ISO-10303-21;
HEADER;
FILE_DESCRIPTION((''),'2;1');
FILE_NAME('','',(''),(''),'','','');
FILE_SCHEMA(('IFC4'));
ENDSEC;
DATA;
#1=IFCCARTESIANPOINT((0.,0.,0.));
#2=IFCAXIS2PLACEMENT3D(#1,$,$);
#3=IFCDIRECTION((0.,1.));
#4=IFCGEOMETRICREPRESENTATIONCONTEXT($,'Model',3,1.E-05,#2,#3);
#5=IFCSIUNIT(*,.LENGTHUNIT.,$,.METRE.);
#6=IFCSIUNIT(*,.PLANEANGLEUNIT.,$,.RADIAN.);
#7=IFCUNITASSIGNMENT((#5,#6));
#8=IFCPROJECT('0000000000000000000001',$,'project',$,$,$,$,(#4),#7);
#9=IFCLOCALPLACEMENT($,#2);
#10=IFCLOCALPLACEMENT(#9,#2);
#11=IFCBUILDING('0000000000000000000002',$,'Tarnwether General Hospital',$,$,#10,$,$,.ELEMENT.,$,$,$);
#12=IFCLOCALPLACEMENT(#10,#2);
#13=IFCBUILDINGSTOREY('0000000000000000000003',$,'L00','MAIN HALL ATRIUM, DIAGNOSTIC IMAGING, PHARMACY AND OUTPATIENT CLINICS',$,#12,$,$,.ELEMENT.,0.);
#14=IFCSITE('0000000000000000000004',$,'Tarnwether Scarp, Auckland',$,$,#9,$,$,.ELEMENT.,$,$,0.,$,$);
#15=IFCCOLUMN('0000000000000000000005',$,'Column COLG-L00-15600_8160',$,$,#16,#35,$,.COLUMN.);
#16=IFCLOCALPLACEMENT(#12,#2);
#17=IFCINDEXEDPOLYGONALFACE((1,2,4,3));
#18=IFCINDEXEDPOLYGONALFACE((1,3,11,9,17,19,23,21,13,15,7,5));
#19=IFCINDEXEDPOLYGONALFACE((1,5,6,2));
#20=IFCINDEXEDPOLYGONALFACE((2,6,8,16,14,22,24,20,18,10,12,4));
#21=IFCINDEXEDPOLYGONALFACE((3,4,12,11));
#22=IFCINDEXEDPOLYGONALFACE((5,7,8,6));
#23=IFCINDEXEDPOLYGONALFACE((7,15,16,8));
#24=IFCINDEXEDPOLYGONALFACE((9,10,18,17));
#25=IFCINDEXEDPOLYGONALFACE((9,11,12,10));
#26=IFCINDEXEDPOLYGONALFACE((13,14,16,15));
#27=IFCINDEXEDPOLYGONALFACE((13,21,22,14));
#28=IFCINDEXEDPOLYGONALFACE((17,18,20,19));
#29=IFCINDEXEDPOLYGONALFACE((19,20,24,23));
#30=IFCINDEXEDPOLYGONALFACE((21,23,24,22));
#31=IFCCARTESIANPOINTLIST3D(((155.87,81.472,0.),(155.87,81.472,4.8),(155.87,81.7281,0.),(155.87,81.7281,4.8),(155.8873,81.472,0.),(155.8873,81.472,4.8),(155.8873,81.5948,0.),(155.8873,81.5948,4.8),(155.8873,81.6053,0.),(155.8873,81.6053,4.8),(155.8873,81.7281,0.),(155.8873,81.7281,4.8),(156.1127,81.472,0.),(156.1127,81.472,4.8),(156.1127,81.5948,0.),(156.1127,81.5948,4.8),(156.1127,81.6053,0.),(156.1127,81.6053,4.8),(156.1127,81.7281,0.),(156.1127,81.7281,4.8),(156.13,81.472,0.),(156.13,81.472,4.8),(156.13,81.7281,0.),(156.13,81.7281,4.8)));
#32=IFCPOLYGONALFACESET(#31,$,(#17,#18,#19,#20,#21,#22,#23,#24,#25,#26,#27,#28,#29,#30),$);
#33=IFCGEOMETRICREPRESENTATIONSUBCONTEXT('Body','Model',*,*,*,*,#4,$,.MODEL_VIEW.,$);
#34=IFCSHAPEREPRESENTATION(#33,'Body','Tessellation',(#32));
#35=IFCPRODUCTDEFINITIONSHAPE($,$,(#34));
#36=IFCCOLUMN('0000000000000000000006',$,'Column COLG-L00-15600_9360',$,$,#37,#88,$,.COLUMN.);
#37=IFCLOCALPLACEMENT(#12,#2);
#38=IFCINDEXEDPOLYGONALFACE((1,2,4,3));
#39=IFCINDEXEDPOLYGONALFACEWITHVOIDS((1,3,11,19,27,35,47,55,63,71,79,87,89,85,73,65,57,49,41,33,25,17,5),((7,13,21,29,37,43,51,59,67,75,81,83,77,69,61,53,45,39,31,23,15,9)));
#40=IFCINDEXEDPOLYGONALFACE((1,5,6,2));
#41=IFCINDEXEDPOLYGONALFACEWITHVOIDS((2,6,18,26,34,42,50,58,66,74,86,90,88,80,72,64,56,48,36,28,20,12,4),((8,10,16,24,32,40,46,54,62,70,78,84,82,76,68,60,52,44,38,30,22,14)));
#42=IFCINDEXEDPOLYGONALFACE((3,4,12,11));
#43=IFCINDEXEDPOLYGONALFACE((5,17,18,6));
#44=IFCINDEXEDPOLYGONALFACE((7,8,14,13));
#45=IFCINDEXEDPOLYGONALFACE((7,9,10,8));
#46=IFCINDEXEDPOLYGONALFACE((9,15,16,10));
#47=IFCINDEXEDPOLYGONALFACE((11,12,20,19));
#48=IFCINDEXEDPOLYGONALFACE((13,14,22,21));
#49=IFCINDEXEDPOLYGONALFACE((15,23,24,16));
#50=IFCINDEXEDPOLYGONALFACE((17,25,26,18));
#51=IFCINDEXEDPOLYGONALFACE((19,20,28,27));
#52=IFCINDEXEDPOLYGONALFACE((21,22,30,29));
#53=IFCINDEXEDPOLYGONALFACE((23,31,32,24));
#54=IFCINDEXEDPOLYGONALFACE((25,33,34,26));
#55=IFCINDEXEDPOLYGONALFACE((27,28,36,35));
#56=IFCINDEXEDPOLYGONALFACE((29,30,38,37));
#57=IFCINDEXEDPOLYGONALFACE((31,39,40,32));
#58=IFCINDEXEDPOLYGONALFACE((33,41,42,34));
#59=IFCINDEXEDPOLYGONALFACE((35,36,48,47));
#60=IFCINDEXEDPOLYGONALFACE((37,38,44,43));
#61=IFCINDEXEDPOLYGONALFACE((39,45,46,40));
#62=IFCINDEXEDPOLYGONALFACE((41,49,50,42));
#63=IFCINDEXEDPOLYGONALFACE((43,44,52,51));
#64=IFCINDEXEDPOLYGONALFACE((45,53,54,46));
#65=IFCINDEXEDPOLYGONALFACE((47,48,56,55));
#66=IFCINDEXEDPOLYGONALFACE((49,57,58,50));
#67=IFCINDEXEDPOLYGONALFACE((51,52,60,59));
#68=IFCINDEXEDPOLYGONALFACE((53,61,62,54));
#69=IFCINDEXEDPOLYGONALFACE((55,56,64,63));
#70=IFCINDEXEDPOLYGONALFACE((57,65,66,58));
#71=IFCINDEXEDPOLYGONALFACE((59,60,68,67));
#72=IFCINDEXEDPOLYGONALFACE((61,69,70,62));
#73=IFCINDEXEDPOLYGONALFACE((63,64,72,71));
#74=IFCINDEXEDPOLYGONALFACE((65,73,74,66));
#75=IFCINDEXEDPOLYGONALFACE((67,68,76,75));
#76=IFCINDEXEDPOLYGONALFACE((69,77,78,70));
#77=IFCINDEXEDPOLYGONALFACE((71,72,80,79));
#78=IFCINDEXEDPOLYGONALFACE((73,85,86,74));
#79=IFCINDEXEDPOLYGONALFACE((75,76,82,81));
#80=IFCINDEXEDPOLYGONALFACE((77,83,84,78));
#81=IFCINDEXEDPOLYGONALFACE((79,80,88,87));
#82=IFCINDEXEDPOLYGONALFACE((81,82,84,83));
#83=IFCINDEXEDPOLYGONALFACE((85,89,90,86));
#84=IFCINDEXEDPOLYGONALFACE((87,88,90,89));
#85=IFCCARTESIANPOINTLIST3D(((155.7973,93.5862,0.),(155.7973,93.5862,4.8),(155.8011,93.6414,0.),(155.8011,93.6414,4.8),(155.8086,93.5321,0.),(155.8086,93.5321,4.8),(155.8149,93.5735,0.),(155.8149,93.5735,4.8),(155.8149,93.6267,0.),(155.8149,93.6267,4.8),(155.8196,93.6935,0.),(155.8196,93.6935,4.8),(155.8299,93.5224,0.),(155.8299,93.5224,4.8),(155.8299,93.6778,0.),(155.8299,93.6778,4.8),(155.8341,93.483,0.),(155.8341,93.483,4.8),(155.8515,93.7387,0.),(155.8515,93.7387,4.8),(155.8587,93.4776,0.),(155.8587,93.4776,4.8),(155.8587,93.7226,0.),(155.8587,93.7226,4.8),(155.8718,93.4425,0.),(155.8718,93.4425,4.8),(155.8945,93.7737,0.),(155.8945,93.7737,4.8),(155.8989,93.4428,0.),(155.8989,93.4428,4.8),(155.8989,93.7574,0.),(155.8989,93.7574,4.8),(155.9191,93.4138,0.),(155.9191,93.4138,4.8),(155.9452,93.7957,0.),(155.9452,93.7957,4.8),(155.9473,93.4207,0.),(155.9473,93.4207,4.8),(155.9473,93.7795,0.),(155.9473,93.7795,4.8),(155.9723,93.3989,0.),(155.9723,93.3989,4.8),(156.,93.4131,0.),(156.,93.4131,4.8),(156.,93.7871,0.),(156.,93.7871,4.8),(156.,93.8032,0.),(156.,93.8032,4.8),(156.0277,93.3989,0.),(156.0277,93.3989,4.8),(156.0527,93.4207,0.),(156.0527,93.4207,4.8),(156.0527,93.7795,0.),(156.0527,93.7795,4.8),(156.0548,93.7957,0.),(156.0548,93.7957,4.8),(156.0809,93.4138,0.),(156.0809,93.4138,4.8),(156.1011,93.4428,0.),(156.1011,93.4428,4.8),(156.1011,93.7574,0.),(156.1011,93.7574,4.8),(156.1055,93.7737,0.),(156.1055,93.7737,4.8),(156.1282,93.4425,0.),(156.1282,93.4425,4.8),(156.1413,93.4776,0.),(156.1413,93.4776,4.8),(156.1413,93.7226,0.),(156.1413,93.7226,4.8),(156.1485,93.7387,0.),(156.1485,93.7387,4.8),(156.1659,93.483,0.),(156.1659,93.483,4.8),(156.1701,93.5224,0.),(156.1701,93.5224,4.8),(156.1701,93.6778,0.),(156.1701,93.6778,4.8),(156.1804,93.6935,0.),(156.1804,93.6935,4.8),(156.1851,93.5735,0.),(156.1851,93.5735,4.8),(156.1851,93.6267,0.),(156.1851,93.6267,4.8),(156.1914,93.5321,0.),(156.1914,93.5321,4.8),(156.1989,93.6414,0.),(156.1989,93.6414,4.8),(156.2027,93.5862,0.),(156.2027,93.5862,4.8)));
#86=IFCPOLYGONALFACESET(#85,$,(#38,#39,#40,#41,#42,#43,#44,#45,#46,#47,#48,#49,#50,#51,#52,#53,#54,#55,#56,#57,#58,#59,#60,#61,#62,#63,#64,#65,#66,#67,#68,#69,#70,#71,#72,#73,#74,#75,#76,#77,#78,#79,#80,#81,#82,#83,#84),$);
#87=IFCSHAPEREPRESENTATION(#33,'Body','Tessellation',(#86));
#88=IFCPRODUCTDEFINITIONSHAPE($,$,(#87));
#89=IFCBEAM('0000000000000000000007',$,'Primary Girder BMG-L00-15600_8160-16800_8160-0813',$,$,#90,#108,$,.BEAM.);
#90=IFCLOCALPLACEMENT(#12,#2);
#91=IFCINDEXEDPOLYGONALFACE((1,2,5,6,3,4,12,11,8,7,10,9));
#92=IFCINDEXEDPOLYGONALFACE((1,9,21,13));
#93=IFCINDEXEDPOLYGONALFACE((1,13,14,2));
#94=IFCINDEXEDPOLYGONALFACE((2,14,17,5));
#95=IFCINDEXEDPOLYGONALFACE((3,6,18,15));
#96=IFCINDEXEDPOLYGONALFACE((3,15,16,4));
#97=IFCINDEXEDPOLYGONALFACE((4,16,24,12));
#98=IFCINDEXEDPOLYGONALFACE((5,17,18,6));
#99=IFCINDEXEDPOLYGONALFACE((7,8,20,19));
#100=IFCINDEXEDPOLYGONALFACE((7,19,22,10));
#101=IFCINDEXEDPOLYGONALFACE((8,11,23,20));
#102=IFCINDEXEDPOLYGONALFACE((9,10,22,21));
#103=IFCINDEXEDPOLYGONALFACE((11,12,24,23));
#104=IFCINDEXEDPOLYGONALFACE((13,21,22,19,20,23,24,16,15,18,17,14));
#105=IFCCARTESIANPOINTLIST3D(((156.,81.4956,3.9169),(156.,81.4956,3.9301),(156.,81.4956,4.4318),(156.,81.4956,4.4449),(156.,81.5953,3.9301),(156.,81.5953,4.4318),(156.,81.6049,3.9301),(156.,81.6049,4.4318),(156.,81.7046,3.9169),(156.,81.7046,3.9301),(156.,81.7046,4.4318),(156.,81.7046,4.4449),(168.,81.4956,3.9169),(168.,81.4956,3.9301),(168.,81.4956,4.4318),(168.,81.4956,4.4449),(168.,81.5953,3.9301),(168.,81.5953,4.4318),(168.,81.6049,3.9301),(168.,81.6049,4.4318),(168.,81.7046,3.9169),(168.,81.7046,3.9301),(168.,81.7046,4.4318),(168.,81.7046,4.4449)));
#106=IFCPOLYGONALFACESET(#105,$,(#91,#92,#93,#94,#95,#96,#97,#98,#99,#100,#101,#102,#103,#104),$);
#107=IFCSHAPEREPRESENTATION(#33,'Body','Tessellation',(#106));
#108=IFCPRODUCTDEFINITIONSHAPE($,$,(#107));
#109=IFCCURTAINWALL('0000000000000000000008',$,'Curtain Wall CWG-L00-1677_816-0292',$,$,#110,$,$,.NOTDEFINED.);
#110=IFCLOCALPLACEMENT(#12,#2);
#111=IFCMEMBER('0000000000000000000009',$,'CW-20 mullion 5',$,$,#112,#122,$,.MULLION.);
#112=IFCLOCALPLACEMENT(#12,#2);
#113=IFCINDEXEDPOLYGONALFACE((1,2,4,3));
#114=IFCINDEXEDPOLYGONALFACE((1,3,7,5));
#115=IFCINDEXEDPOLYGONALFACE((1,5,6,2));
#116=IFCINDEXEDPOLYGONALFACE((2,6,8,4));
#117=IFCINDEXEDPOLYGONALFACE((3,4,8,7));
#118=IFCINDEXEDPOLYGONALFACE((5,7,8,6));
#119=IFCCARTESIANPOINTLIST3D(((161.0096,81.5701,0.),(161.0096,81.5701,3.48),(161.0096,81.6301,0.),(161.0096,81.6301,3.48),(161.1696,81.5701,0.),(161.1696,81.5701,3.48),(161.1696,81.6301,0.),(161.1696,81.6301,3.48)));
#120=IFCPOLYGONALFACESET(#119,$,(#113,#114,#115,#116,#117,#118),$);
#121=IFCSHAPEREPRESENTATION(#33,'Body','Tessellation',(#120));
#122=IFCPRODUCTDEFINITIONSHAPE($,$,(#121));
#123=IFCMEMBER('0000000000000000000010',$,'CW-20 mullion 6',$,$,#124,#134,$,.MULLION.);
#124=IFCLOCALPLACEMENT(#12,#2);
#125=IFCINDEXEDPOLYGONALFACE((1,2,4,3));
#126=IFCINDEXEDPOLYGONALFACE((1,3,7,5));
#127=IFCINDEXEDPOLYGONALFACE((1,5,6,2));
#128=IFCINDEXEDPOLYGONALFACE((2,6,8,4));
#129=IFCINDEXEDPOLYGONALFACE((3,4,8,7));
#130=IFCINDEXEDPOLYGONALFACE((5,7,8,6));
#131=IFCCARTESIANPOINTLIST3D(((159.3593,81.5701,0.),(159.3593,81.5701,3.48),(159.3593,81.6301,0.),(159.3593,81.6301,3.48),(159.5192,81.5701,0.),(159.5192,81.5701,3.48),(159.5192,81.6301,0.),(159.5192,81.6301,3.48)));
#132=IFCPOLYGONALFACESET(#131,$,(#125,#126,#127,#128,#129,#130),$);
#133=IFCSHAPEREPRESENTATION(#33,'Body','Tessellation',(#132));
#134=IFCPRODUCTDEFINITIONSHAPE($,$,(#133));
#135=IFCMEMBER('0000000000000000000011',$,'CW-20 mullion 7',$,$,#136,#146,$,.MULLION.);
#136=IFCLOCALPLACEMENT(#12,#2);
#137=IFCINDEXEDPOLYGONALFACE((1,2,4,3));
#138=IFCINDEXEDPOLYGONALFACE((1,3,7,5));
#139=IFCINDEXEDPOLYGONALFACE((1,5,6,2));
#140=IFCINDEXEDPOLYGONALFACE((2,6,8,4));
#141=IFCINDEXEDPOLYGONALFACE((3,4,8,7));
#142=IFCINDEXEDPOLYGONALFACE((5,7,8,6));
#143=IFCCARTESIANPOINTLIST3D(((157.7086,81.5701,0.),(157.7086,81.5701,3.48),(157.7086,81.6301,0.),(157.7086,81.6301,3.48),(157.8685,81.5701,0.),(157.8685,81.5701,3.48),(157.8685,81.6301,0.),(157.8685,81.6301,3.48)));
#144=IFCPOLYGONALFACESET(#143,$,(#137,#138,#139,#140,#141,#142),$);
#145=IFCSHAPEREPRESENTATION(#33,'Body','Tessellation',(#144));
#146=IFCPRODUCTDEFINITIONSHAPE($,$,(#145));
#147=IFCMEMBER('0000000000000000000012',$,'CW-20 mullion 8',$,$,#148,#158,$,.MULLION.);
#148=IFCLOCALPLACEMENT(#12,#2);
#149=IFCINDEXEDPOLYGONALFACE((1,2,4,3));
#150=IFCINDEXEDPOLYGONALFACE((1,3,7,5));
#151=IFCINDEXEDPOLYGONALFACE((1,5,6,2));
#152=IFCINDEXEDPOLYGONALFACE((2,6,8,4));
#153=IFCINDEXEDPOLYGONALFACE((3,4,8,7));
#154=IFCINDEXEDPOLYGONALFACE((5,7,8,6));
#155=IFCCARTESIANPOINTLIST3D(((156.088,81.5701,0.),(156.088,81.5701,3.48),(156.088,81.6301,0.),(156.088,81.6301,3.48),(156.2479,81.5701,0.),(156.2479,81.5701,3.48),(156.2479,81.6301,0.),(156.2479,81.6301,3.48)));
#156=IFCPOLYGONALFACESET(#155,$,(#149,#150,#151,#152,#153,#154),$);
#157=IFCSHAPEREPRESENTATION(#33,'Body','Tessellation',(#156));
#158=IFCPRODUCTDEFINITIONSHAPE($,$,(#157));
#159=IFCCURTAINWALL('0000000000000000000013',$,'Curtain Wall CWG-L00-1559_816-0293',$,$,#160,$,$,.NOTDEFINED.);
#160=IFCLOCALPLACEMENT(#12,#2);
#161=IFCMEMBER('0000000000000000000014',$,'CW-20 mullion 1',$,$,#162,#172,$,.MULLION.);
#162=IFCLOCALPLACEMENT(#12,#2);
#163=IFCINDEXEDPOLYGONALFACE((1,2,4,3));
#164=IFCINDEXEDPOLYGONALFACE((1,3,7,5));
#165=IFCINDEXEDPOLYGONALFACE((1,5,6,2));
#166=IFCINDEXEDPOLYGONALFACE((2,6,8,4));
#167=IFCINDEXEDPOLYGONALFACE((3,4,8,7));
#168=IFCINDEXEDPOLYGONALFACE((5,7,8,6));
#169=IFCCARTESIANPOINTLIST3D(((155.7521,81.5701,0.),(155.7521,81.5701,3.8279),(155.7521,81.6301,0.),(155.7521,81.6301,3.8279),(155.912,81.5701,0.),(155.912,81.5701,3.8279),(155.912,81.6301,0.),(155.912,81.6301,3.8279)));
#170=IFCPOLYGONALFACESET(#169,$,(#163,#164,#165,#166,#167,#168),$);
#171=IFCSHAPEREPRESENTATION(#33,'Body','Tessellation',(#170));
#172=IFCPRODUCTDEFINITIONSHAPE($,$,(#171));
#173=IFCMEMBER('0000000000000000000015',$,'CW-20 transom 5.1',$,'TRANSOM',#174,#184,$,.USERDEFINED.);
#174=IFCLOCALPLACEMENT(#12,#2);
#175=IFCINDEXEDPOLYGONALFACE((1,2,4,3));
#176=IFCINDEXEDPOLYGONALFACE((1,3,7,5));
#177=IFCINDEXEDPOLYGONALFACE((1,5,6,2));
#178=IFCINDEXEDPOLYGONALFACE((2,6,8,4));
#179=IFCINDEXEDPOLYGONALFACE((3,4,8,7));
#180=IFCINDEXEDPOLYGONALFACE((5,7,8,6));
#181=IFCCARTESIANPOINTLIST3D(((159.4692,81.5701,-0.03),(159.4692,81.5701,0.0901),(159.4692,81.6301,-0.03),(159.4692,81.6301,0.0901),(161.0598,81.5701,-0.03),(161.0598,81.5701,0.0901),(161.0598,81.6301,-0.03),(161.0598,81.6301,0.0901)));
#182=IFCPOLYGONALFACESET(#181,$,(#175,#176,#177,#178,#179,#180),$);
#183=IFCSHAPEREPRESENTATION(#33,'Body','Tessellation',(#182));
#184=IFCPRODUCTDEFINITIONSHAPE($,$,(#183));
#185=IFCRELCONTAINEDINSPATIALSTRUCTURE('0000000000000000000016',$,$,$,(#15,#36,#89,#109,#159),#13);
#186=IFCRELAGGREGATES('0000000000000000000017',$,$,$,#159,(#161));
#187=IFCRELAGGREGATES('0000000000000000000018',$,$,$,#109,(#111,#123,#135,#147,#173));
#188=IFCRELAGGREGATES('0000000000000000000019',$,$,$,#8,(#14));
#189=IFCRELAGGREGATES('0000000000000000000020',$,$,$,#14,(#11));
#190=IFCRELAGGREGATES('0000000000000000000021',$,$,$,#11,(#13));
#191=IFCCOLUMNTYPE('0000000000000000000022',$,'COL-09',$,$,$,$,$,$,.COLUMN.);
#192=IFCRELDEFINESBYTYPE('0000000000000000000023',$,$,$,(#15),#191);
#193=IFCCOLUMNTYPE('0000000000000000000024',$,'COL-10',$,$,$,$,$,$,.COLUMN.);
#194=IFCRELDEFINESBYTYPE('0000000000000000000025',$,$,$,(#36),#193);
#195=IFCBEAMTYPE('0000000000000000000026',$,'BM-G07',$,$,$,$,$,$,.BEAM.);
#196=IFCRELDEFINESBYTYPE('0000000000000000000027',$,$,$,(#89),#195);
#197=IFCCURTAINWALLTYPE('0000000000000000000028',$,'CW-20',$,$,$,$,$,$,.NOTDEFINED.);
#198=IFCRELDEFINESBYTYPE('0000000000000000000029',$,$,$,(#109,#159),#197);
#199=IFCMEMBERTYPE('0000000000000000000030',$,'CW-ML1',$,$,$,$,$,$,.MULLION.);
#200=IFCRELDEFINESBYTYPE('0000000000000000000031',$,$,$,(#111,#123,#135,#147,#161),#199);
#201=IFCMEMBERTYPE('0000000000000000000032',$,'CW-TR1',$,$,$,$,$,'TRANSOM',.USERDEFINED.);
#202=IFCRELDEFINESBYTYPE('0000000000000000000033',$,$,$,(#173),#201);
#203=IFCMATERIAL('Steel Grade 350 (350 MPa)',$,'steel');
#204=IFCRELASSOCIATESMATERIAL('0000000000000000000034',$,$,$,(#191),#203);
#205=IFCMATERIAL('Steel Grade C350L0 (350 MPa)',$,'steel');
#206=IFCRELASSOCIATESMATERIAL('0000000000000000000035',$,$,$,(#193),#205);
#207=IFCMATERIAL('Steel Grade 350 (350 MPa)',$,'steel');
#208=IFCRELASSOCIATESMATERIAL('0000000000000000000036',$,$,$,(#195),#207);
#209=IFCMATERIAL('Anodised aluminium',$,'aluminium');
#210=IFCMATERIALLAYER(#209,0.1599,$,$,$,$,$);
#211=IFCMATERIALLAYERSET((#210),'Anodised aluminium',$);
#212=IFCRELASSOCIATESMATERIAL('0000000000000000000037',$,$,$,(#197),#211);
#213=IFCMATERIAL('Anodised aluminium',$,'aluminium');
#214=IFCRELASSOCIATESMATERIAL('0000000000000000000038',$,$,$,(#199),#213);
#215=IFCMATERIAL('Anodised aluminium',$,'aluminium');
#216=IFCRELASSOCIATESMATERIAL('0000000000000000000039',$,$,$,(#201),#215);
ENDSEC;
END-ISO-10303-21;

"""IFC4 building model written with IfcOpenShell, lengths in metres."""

from ifc_helpers import new_model, si_unit, direction, frame, origin, origin_2d, place, context, subcontext, project, spatial, rectangle, hollow_circle, i_section, extrude, material, layer, layer_set, material_profile, profile_set, type_object, element, aggregate, save


model = new_model("IFC4")

# Units and contexts
model_context = context("Model", 3, precision=1e-05, world=origin(), true_north=direction((0.0, 1.0)))
body_context = subcontext(model_context, "Body", "Model", "MODEL_VIEW")
ifc_project = project(units=[si_unit("LENGTHUNIT", "METRE"), si_unit("PLANEANGLEUNIT", "RADIAN")], contexts=[model_context])

# Site, building, storey
site_placement = place(None, origin())
site = spatial("IfcSite", under=ifc_project, at=site_placement, Name="Tarnwether Scarp, Auckland", CompositionType="ELEMENT", RefElevation=0.0)
building_placement = place(site_placement, origin())
building = spatial("IfcBuilding", under=site, at=building_placement, Name="Tarnwether General Hospital", CompositionType="ELEMENT")
storey_placement = place(building_placement, origin())
storey = spatial("IfcBuildingStorey", under=building, at=storey_placement, Name="L00", Description="MAIN HALL ATRIUM, DIAGNOSTIC IMAGING, PHARMACY AND OUTPATIENT CLINICS", CompositionType="ELEMENT", Elevation=0.0)

# Columns
ifc_material_1 = material(Name="Steel Grade 350 (350 MPa)", Category="steel")
ifc_material_profile_1 = material_profile(ifc_material_1, i_section(OverallWidth=0.2561, OverallDepth=0.26, WebThickness=0.0105, FlangeThickness=0.0173, at=origin_2d()), Name="250UC89.5")
ifc_profile_set_1 = profile_set([ifc_material_profile_1], Name="Steel Grade 350 (350 MPa)")
column_type_1 = type_object("IfcColumnType", Name="COL-09", PredefinedType="COLUMN", material=ifc_profile_set_1)
column_1_placement = place(storey_placement, frame((156.0, 81.6001, 0.0), z_axis=(0.0, 0.0, 1.0), x_axis=(0.0, 1.0, 0.0)))
element("IfcColumn", 1, at=column_1_placement, inside=storey, type_object=column_type_1, Name="Column COLG-L00-15600_8160", PredefinedType="COLUMN", context=body_context, shape_type="SweptSolid", body=[
    extrude(i_section(OverallWidth=0.2561, OverallDepth=0.26, WebThickness=0.0105, FlangeThickness=0.0173, at=origin_2d()), origin(), (0.0, 0.0, 1.0), 4.8),
])
ifc_material_2 = material(Name="Steel Grade C350L0 (350 MPa)", Category="steel")
ifc_material_profile_2 = material_profile(ifc_material_2, hollow_circle(Radius=0.2031, WallThickness=0.0161, at=origin_2d()), Name="CHS406.4x16.0")
ifc_profile_set_2 = profile_set([ifc_material_profile_2], Name="Steel Grade C350L0 (350 MPa)")
column_type_2 = type_object("IfcColumnType", Name="COL-10", PredefinedType="COLUMN", material=ifc_profile_set_2)
column_2_placement = place(storey_placement, frame((156.0, 93.6001, 0.0), z_axis=(0.0, 0.0, 1.0), x_axis=(0.0, 1.0, 0.0)))
element("IfcColumn", 2, at=column_2_placement, inside=storey, type_object=column_type_2, Name="Column COLG-L00-15600_9360", PredefinedType="COLUMN", context=body_context, shape_type="SweptSolid", body=[
    extrude(hollow_circle(Radius=0.2031, WallThickness=0.0161, at=origin_2d()), origin(), (0.0, 0.0, 1.0), 4.8),
])

# Beam
ifc_material_3 = material(Name="Steel Grade 350 (350 MPa)", Category="steel")
ifc_material_profile_3 = material_profile(ifc_material_3, i_section(OverallWidth=0.209, OverallDepth=0.5281, WebThickness=0.0095, FlangeThickness=0.0132, at=origin_2d()), Name="530UB82.0")
ifc_profile_set_3 = profile_set([ifc_material_profile_3], Name="Steel Grade 350 (350 MPa)")
beam_type = type_object("IfcBeamType", Name="BM-G07", PredefinedType="BEAM", material=ifc_profile_set_3)
beam_placement = place(storey_placement, frame((156.0, 81.6001, 4.1809), z_axis=(1.0, 0.0, 0.0), x_axis=(0.0, 1.0, 0.0)))
element("IfcBeam", 3, at=beam_placement, inside=storey, type_object=beam_type, Name="Primary Girder BMG-L00-15600_8160-16800_8160-0813", PredefinedType="BEAM", context=body_context, shape_type="SweptSolid", body=[
    extrude(i_section(OverallWidth=0.209, OverallDepth=0.5281, WebThickness=0.0095, FlangeThickness=0.0132, at=origin_2d()), origin(), (0.0, 0.0, 1.0), 12.0),
])

# Curtain wall, members
ifc_material_4 = material(Name="Anodised aluminium", Category="aluminium")
ifc_layer_1 = layer(ifc_material_4, 0.1599)
ifc_layer_set_1 = layer_set([ifc_layer_1], Name="Anodised aluminium")
curtain_wall_type = type_object("IfcCurtainWallType", Name="CW-20", PredefinedType="NOTDEFINED", material=ifc_layer_set_1)
curtain_wall_1_placement = place(storey_placement, origin())
curtain_wall_1 = element("IfcCurtainWall", 4, at=curtain_wall_1_placement, inside=storey, type_object=curtain_wall_type, Name="Curtain Wall CWG-L00-1677_816-0292", PredefinedType="NOTDEFINED")
ifc_material_5 = material(Name="Anodised aluminium", Category="aluminium")
ifc_material_profile_4 = material_profile(ifc_material_5, rectangle(XDim=0.0601, YDim=0.1599, at=origin_2d()), Name="ALU-MUL-60x160")
ifc_profile_set_4 = profile_set([ifc_material_profile_4], Name="Anodised aluminium")
member_type_1 = type_object("IfcMemberType", Name="CW-ML1", PredefinedType="MULLION", material=ifc_profile_set_4)
member_1_placement = place(storey_placement, frame((161.0896, 81.6001, 0.0), z_axis=(0.0, 0.0, 1.0), x_axis=(0.0, -1.0, 0.0)))
member_1 = element("IfcMember", 5, at=member_1_placement, type_object=member_type_1, Name="CW-20 mullion 5", PredefinedType="MULLION", context=body_context, shape_type="SweptSolid", body=[
    extrude(rectangle(XDim=0.0601, YDim=0.1599, at=origin_2d()), origin(), (0.0, 0.0, 1.0), 3.48),
])
member_2_placement = place(storey_placement, frame((159.4392, 81.6001, 0.0), z_axis=(0.0, 0.0, 1.0), x_axis=(0.0, -1.0, 0.0)))
member_2 = element("IfcMember", 6, at=member_2_placement, type_object=member_type_1, Name="CW-20 mullion 6", PredefinedType="MULLION", context=body_context, shape_type="SweptSolid", body=[
    extrude(rectangle(XDim=0.0601, YDim=0.1599, at=origin_2d()), origin(), (0.0, 0.0, 1.0), 3.48),
])
member_3_placement = place(storey_placement, frame((157.7886, 81.6001, 0.0), z_axis=(0.0, 0.0, 1.0), x_axis=(0.0, -1.0, 0.0)))
member_3 = element("IfcMember", 7, at=member_3_placement, type_object=member_type_1, Name="CW-20 mullion 7", PredefinedType="MULLION", context=body_context, shape_type="SweptSolid", body=[
    extrude(rectangle(XDim=0.0601, YDim=0.1599, at=origin_2d()), origin(), (0.0, 0.0, 1.0), 3.48),
])
member_4_placement = place(storey_placement, frame((156.168, 81.6001, 0.0), z_axis=(0.0, 0.0, 1.0), x_axis=(0.0, -1.0, 0.0)))
member_4 = element("IfcMember", 8, at=member_4_placement, type_object=member_type_1, Name="CW-20 mullion 8", PredefinedType="MULLION", context=body_context, shape_type="SweptSolid", body=[
    extrude(rectangle(XDim=0.0601, YDim=0.1599, at=origin_2d()), origin(), (0.0, 0.0, 1.0), 3.48),
])

# Curtain wall, member
curtain_wall_2_placement = place(storey_placement, origin())
curtain_wall_2 = element("IfcCurtainWall", 9, at=curtain_wall_2_placement, inside=storey, type_object=curtain_wall_type, Name="Curtain Wall CWG-L00-1559_816-0293", PredefinedType="NOTDEFINED")
member_5_placement = place(storey_placement, frame((155.832, 81.6001, 0.0), z_axis=(0.0, 0.0, 1.0), x_axis=(0.0, -1.0, 0.0)))
member_5 = element("IfcMember", 10, at=member_5_placement, type_object=member_type_1, Name="CW-20 mullion 1", PredefinedType="MULLION", context=body_context, shape_type="SweptSolid", body=[
    extrude(rectangle(XDim=0.0601, YDim=0.1599, at=origin_2d()), origin(), (0.0, 0.0, 1.0), 3.8279),
])

# Member
ifc_material_6 = material(Name="Anodised aluminium", Category="aluminium")
ifc_material_profile_5 = material_profile(ifc_material_6, rectangle(XDim=0.0601, YDim=0.1201, at=origin_2d()), Name="ALU-TRN-60x120")
ifc_profile_set_5 = profile_set([ifc_material_profile_5], Name="Anodised aluminium")
member_type_2 = type_object("IfcMemberType", Name="CW-TR1", ElementType="TRANSOM", PredefinedType="USERDEFINED", material=ifc_profile_set_5)
member_6_placement = place(storey_placement, frame((161.0598, 81.6001, 0.03), z_axis=(-1.0, 0.0, 0.0), x_axis=(0.0, -1.0, 0.0)))
member_6 = element("IfcMember", 11, at=member_6_placement, type_object=member_type_2, Name="CW-20 transom 5.1", ObjectType="TRANSOM", PredefinedType="USERDEFINED", context=body_context, shape_type="SweptSolid", body=[
    extrude(rectangle(XDim=0.0601, YDim=0.1201, at=origin_2d()), origin(), (0.0, 0.0, 1.0), 1.5906),
])
aggregate(curtain_wall_2, [member_5])

aggregate(curtain_wall_1, [member_1, member_2, member_3, member_4, member_6])

save(model, "model.ifc")
